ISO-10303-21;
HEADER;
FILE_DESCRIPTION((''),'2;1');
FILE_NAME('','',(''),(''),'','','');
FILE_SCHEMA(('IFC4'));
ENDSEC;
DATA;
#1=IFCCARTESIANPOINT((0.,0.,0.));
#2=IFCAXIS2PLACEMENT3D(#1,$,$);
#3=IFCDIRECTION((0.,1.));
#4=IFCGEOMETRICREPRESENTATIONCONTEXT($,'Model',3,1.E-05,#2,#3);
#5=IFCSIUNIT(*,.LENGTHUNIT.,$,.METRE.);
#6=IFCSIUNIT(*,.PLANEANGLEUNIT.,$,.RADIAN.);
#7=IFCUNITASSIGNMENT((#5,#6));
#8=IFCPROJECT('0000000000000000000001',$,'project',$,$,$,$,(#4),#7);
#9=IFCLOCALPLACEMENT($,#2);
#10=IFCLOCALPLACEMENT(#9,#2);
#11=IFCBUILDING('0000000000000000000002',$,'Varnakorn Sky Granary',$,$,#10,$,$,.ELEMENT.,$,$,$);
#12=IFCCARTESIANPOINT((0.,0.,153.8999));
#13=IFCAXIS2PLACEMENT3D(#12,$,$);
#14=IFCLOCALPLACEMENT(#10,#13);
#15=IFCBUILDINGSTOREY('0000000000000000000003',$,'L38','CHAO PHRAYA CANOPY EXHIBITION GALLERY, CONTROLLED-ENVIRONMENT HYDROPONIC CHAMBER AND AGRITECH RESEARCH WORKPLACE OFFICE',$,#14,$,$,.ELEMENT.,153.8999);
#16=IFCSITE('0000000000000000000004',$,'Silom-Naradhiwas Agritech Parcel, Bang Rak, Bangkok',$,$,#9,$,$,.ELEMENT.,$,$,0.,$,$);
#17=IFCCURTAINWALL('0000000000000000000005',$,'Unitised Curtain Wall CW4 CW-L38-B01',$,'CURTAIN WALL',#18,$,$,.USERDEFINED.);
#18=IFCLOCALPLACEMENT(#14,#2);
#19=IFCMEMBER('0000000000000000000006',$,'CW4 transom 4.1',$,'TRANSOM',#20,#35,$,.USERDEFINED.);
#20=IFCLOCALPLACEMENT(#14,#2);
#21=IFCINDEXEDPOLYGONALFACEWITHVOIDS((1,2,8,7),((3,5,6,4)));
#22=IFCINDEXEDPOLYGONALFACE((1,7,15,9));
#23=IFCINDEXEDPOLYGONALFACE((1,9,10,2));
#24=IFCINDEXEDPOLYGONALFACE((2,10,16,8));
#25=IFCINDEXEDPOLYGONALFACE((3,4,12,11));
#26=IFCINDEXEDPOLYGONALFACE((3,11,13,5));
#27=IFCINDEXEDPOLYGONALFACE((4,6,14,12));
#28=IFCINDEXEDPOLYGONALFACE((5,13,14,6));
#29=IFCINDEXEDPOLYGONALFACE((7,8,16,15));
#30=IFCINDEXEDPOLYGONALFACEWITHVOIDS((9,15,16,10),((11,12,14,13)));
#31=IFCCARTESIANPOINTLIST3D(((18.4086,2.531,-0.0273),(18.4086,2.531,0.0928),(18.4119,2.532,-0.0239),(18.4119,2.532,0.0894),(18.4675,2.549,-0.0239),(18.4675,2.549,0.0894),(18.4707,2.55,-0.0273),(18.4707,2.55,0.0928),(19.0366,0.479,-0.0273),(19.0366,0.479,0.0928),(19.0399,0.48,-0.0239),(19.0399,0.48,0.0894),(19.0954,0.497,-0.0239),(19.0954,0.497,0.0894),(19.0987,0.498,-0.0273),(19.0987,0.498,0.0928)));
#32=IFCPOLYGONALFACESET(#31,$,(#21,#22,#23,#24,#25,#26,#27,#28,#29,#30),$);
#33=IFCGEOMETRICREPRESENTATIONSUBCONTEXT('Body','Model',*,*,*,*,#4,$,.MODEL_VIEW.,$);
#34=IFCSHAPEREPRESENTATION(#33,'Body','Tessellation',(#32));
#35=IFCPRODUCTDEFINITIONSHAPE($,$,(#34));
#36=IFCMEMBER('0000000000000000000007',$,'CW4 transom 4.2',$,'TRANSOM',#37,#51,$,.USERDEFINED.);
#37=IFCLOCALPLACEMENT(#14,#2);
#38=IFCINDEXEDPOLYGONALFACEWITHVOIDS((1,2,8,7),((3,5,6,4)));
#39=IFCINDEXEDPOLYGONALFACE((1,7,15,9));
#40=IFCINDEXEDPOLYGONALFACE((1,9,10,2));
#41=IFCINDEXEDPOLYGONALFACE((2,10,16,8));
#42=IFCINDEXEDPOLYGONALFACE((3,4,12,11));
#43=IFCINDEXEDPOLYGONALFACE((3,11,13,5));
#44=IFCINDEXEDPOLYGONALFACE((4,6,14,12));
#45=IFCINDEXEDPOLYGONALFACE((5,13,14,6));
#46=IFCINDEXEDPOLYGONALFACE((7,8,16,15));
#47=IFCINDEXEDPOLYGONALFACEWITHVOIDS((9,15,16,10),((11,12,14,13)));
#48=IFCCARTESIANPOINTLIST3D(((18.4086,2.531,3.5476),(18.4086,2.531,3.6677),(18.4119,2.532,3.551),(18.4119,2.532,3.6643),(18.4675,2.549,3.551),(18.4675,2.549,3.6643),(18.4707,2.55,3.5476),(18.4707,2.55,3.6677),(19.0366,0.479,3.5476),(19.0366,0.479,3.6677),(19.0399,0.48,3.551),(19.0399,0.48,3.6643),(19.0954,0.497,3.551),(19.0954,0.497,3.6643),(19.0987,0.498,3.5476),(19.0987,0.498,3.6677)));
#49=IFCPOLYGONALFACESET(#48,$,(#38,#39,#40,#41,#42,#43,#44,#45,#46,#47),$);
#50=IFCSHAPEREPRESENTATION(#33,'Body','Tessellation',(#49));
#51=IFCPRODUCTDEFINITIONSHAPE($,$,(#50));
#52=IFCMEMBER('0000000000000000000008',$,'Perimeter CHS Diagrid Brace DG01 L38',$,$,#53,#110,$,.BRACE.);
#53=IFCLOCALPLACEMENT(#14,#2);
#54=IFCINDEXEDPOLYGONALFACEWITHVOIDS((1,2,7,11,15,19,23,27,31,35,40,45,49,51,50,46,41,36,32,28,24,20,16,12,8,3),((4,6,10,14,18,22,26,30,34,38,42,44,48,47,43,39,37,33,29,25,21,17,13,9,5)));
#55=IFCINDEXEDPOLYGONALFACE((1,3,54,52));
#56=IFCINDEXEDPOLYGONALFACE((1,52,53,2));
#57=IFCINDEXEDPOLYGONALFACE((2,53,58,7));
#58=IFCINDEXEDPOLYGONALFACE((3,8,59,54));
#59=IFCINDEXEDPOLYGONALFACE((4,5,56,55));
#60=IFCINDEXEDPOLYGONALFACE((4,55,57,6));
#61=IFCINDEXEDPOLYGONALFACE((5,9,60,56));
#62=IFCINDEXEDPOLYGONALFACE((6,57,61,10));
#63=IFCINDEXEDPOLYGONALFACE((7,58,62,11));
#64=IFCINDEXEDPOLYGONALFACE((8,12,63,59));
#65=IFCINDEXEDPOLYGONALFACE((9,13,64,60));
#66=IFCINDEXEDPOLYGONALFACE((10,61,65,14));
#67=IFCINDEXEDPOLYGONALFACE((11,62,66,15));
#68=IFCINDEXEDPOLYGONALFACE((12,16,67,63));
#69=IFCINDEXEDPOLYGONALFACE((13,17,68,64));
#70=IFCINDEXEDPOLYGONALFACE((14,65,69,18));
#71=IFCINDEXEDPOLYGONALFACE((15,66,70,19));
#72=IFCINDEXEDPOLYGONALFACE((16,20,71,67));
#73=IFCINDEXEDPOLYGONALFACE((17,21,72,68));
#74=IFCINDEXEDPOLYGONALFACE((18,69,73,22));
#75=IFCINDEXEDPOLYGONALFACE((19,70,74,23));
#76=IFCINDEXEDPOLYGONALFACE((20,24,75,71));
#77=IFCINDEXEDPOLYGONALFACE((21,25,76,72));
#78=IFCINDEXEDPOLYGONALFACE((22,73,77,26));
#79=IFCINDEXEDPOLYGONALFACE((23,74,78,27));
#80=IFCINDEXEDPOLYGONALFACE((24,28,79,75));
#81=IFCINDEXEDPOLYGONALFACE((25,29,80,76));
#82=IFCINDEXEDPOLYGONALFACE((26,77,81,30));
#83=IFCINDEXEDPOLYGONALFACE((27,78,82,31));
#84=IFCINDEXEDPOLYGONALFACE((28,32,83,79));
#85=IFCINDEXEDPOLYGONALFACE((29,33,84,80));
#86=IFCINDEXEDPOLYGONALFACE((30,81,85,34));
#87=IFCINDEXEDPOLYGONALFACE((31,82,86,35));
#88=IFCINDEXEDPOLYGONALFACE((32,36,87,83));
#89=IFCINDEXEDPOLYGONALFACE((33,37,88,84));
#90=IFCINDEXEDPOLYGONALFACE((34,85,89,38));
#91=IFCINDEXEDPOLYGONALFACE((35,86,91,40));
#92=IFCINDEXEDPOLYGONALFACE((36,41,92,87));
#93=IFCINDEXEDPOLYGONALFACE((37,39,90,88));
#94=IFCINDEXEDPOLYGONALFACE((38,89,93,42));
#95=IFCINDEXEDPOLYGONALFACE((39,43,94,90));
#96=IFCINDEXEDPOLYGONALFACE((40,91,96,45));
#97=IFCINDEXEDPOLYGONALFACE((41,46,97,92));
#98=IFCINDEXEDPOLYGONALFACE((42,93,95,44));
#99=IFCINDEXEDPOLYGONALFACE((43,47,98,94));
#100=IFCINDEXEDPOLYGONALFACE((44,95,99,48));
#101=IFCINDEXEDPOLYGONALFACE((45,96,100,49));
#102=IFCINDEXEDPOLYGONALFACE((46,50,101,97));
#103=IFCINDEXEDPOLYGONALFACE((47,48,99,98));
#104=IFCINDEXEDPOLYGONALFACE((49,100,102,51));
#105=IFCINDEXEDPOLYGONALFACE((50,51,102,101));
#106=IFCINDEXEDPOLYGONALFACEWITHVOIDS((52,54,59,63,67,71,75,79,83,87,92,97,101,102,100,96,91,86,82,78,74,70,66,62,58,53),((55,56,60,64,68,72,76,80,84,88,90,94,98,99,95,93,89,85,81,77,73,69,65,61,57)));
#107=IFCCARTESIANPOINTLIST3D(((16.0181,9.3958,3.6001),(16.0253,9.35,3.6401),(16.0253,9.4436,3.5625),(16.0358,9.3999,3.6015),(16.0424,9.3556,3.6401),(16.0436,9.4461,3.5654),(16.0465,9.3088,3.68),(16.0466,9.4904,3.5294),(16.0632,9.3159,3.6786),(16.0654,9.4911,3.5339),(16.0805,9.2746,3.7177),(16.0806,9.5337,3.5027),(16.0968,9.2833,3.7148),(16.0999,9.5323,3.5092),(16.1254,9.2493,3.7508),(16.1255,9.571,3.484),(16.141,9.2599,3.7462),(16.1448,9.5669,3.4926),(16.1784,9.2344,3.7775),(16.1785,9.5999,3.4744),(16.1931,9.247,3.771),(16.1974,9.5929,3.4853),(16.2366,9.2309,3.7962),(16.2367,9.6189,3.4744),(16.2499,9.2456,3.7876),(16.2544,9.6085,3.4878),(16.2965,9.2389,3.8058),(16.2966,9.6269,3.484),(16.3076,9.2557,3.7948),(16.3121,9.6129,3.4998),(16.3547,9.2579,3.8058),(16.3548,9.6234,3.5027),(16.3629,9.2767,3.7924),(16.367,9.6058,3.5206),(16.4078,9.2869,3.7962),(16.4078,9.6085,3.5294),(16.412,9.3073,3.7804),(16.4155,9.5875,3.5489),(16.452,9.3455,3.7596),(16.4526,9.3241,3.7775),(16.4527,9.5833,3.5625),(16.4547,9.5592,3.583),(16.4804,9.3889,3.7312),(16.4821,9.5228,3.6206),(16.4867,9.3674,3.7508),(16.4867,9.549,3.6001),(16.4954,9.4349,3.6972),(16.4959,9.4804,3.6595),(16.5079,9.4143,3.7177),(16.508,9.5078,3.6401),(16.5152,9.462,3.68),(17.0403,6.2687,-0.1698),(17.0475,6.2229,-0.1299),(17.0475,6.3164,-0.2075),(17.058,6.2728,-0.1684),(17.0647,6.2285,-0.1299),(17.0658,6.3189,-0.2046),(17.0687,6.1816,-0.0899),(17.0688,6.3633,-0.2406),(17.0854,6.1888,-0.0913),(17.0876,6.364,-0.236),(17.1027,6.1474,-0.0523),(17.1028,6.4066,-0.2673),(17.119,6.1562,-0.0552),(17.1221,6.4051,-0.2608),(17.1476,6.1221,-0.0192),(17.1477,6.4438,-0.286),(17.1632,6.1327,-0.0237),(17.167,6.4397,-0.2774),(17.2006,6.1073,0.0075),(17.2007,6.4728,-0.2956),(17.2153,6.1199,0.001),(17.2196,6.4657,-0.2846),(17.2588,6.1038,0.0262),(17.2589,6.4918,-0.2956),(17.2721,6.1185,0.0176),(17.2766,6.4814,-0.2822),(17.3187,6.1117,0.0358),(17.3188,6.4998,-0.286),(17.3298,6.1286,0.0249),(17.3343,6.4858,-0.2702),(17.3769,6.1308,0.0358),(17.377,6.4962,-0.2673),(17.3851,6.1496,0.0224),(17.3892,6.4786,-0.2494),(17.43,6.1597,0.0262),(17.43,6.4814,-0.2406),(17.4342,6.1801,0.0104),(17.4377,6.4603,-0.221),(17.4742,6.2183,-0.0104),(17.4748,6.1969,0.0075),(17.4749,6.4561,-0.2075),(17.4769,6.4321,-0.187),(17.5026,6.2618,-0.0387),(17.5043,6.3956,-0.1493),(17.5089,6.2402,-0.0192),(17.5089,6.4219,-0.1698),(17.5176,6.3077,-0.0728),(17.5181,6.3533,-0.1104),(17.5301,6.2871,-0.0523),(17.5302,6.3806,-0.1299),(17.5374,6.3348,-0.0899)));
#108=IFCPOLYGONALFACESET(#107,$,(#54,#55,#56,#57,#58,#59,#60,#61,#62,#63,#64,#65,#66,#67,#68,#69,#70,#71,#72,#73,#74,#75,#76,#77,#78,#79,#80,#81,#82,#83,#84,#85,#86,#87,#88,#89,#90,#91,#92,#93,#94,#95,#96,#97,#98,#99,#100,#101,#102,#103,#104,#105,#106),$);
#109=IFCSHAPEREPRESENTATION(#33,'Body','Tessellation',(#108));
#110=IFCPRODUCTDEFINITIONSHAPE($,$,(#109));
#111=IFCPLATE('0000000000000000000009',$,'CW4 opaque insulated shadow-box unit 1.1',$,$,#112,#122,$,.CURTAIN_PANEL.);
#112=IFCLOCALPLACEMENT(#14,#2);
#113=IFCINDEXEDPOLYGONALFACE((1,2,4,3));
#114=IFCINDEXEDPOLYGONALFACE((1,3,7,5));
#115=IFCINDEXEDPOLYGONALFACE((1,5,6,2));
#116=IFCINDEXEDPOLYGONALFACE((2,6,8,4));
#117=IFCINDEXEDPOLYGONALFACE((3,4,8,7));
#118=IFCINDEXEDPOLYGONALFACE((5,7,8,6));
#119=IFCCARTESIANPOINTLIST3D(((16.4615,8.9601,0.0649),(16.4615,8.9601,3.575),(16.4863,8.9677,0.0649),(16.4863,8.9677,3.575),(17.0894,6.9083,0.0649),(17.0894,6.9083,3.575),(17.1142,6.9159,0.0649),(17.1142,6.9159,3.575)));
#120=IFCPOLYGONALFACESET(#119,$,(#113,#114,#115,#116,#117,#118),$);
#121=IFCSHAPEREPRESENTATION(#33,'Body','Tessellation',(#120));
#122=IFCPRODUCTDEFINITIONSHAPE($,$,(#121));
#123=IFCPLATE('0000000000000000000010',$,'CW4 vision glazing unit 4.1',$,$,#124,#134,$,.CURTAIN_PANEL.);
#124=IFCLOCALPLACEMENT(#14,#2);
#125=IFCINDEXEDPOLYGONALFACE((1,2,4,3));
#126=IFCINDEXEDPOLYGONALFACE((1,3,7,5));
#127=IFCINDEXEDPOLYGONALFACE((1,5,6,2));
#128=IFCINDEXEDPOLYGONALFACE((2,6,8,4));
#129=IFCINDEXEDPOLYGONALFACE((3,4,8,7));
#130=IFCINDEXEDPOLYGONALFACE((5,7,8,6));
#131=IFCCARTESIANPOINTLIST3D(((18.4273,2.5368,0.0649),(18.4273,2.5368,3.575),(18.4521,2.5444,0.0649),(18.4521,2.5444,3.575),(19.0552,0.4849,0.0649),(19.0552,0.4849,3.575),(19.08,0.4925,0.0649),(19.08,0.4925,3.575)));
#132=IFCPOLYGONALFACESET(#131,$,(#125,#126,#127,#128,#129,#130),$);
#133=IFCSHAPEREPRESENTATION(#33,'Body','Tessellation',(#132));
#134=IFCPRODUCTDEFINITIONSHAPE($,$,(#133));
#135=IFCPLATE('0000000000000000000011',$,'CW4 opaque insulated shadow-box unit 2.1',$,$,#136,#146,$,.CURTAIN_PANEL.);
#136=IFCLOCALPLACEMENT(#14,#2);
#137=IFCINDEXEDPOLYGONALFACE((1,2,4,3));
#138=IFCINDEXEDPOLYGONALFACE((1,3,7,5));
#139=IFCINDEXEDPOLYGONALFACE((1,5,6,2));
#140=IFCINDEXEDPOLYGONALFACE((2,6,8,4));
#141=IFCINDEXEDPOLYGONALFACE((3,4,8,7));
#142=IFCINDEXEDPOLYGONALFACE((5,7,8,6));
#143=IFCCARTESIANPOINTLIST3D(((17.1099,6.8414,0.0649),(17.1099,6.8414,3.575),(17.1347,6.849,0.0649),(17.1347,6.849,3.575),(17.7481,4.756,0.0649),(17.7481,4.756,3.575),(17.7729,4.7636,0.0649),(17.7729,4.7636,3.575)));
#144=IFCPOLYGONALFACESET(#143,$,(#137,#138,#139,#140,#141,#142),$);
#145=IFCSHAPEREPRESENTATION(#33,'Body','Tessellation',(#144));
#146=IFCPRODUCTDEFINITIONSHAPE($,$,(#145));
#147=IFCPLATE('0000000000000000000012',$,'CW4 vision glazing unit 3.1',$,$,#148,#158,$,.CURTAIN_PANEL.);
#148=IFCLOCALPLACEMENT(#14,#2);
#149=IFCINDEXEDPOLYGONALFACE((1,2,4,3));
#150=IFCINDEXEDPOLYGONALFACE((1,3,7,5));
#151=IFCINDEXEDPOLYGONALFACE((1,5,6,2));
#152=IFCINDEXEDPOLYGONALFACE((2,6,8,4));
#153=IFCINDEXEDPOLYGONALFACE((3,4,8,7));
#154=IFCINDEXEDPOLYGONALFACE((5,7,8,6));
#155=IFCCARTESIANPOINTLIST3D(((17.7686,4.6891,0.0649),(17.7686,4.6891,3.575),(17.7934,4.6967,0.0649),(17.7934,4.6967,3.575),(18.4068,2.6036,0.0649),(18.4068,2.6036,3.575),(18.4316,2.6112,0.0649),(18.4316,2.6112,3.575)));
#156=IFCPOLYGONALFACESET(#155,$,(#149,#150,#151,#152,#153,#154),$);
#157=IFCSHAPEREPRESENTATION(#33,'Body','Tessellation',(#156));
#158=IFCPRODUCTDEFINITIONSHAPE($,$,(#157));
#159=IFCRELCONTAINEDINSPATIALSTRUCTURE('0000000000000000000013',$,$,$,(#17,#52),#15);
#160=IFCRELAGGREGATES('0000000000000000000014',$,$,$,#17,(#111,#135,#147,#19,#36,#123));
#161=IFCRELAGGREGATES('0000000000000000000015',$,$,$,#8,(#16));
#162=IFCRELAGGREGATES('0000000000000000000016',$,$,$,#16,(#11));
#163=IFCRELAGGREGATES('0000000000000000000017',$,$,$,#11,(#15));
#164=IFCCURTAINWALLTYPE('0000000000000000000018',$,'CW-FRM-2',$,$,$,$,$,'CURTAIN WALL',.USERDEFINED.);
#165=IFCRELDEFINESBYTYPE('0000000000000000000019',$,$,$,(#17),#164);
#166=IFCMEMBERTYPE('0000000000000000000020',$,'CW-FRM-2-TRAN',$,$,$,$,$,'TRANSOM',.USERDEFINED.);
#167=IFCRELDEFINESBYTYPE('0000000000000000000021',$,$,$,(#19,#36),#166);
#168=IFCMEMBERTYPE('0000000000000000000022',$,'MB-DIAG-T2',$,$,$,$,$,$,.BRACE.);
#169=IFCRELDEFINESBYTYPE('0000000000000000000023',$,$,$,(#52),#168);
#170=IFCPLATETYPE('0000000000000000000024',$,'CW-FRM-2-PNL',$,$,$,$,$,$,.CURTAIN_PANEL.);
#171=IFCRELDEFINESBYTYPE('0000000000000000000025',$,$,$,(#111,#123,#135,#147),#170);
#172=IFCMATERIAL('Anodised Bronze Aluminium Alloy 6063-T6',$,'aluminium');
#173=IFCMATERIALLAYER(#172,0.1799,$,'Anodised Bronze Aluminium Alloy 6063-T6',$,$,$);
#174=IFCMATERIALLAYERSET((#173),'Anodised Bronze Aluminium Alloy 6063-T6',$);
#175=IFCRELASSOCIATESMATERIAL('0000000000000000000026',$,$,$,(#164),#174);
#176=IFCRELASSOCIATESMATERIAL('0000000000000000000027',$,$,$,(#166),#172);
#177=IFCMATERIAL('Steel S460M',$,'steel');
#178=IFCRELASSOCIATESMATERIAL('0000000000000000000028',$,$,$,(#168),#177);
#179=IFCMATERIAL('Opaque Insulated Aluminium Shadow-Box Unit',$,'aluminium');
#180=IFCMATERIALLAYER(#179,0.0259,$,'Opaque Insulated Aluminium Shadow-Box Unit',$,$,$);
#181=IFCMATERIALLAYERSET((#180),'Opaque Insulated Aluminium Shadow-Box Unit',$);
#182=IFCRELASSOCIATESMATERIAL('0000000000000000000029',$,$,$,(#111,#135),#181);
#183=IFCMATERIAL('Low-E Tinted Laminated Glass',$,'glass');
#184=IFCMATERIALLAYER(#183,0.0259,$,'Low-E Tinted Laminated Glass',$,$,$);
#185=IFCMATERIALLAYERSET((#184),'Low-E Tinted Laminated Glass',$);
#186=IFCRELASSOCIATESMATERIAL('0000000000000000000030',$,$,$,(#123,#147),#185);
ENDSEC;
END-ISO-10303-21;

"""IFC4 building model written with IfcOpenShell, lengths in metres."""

from ifc_helpers import new_model, si_unit, direction, frame, origin, origin_2d, place, context, subcontext, project, spatial, rectangle, hollow_rectangle, hollow_circle, extrude, source, transform, mapped, material, layer, layer_set, material_profile, profile_set, type_object, type_shapes, element, aggregate, save


model = new_model("IFC4")

# Units and contexts
model_context = context("Model", 3, precision=1e-05, world=origin(), true_north=direction((0.0, 1.0)))
body_context = subcontext(model_context, "Body", "Model", "MODEL_VIEW")
ifc_project = project(units=[si_unit("LENGTHUNIT", "METRE"), si_unit("PLANEANGLEUNIT", "RADIAN")], contexts=[model_context])

# Site, building, storey
site_placement = place(None, origin())
site = spatial("IfcSite", under=ifc_project, at=site_placement, Name="Silom-Naradhiwas Agritech Parcel, Bang Rak, Bangkok", CompositionType="ELEMENT", RefElevation=0.0)
building_placement = place(site_placement, origin())
building = spatial("IfcBuilding", under=site, at=building_placement, Name="Varnakorn Sky Granary", CompositionType="ELEMENT")
storey_placement = place(building_placement, frame((0.0, 0.0, 153.8999)))
storey = spatial("IfcBuildingStorey", under=building, at=storey_placement, Name="L38", Description="CHAO PHRAYA CANOPY EXHIBITION GALLERY, CONTROLLED-ENVIRONMENT HYDROPONIC CHAMBER AND AGRITECH RESEARCH WORKPLACE OFFICE", CompositionType="ELEMENT", Elevation=153.8999)

# Curtain wall, members
ifc_material_1 = material(Name="Anodised Bronze Aluminium Alloy 6063-T6", Category="aluminium")
ifc_layer_1 = layer(ifc_material_1, 0.1799, Name="Anodised Bronze Aluminium Alloy 6063-T6")
ifc_layer_set_1 = layer_set([ifc_layer_1], Name="Anodised Bronze Aluminium Alloy 6063-T6")
curtain_wall_type = type_object("IfcCurtainWallType", Name="CW-FRM-2", ElementType="CURTAIN WALL", PredefinedType="USERDEFINED", material=ifc_layer_set_1)
curtain_wall_placement = place(storey_placement, origin())
curtain_wall = element("IfcCurtainWall", 1, at=curtain_wall_placement, inside=storey, type_object=curtain_wall_type, Name="Unitised Curtain Wall CW4 CW-L38-B01", ObjectType="CURTAIN WALL", PredefinedType="USERDEFINED")
ifc_material_profile_1 = material_profile(ifc_material_1, hollow_rectangle(XDim=0.0649, YDim=0.1201, WallThickness=0.0034, at=origin_2d()), Name="ALU TRAN 65x120")
ifc_profile_set_1 = profile_set([ifc_material_profile_1], Name="Anodised Bronze Aluminium Alloy 6063-T6")
member_type_1 = type_object("IfcMemberType", Name="CW-FRM-2-TRAN", ElementType="TRANSOM", PredefinedType="USERDEFINED", material=ifc_profile_set_1)
member_1_placement = place(storey_placement, frame((18.4397, 2.5405, 0.0327), z_axis=(0.292614, -0.95623, 0.0), x_axis=(0.95623, 0.292614, 0.0)))
member_1 = element("IfcMember", 2, at=member_1_placement, type_object=member_type_1, Name="CW4 transom 4.1", ObjectType="TRANSOM", PredefinedType="USERDEFINED", context=body_context, shape_type="SweptSolid", body=[
    extrude(hollow_rectangle(XDim=0.0649, YDim=0.1201, WallThickness=0.0034, at=origin_2d()), origin(), (0.0, 0.0, 1.0), 2.146),
])
member_2_placement = place(storey_placement, frame((18.4397, 2.5405, 3.6077), z_axis=(0.292614, -0.95623, 0.0), x_axis=(0.95623, 0.292614, 0.0)))
member_2 = element("IfcMember", 3, at=member_2_placement, type_object=member_type_1, Name="CW4 transom 4.2", ObjectType="TRANSOM", PredefinedType="USERDEFINED", context=body_context, shape_type="SweptSolid", body=[
    extrude(hollow_rectangle(XDim=0.0649, YDim=0.1201, WallThickness=0.0034, at=origin_2d()), origin(), (0.0, 0.0, 1.0), 2.146),
])

# Member
ifc_material_2 = material(Name="Steel S460M", Category="steel")
ifc_material_profile_2 = material_profile(ifc_material_2, hollow_circle(Radius=0.2539, WallThickness=0.0181, at=origin_2d()), Name="CHS 508x18")
ifc_profile_set_2 = profile_set([ifc_material_profile_2], Name="Steel S460M")
member_type_2 = type_object("IfcMemberType", Name="MB-DIAG-T2", PredefinedType="BRACE", material=ifc_profile_set_2)
member_3_placement = place(storey_placement, frame((17.2888, 6.3018, -0.1299), z_axis=(-0.204291, 0.624973, 0.753441), x_axis=(-0.950508, -0.310701, 0.0)))
element("IfcMember", 4, at=member_3_placement, inside=storey, type_object=member_type_2, Name="Perimeter CHS Diagrid Brace DG01 L38", PredefinedType="BRACE", context=body_context, shape_type="SweptSolid", body=[
    extrude(hollow_circle(Radius=0.2539, WallThickness=0.0181, at=origin_2d()), origin(), (0.0, 0.0, 1.0), 5.0037),
])

# Plates
ifc_material_3 = material(Name="Opaque Insulated Aluminium Shadow-Box Unit", Category="aluminium")
ifc_layer_2 = layer(ifc_material_3, 0.0259, Name="Opaque Insulated Aluminium Shadow-Box Unit")
ifc_layer_set_2 = layer_set([ifc_layer_2], Name="Opaque Insulated Aluminium Shadow-Box Unit")
plate_type = type_object("IfcPlateType", Name="CW-FRM-2-PNL", PredefinedType="CURTAIN_PANEL")
shared_shape_1 = source(origin(), body_context, "Body", "SweptSolid", [
    extrude(rectangle(XDim=2.1458, YDim=0.0259, at=origin_2d()), origin(), (0.0, 0.0, 1.0), 3.51),
])
plate_1_placement = place(storey_placement, frame((16.7878, 7.938, 0.0649), z_axis=(0.0, 0.0, 1.0), x_axis=(0.292619, -0.956229, 0.0)))
plate_1 = element("IfcPlate", 5, at=plate_1_placement, type_object=plate_type, material=ifc_layer_set_2, Name="CW4 opaque insulated shadow-box unit 1.1", PredefinedType="CURTAIN_PANEL", context=body_context, shape_type="MappedRepresentation", body=[
    mapped(shared_shape_1, transform((0.0, 0.0, 0.0), x_axis=(1.0, 0.0, 0.0), y_axis=(0.0, 1.0, 0.0), z_axis=(0.0, 0.0, 1.0), scale=1.0)),
])
ifc_material_4 = material(Name="Low-E Tinted Laminated Glass", Category="glass")
ifc_layer_3 = layer(ifc_material_4, 0.0259, Name="Low-E Tinted Laminated Glass")
ifc_layer_set_3 = layer_set([ifc_layer_3], Name="Low-E Tinted Laminated Glass")
plate_2_placement = place(storey_placement, frame((18.7537, 1.5146, 0.0649), z_axis=(0.0, 0.0, 1.0), x_axis=(0.292619, -0.956229, 0.0)))
plate_2 = element("IfcPlate", 6, at=plate_2_placement, type_object=plate_type, material=ifc_layer_set_3, Name="CW4 vision glazing unit 4.1", PredefinedType="CURTAIN_PANEL", context=body_context, shape_type="MappedRepresentation", body=[
    mapped(shared_shape_1, transform((0.0, 0.0, 0.0), x_axis=(1.0, 0.0, 0.0), y_axis=(0.0, 1.0, 0.0), z_axis=(0.0, 0.0, 1.0), scale=1.0)),
])
shared_shape_2 = source(origin(), body_context, "Body", "SweptSolid", [
    extrude(rectangle(XDim=2.1809, YDim=0.0259, at=origin_2d()), origin(), (0.0, 0.0, 1.0), 3.51),
])
type_shapes(plate_type, [shared_shape_1, shared_shape_2])
plate_3_placement = place(storey_placement, frame((17.4414, 5.8025, 0.0649), z_axis=(0.0, 0.0, 1.0), x_axis=(0.292619, -0.956229, 0.0)))
plate_3 = element("IfcPlate", 7, at=plate_3_placement, type_object=plate_type, material=ifc_layer_set_2, Name="CW4 opaque insulated shadow-box unit 2.1", PredefinedType="CURTAIN_PANEL", context=body_context, shape_type="MappedRepresentation", body=[
    mapped(shared_shape_2, transform((0.0, 0.0, 0.0), x_axis=(1.0, 0.0, 0.0), y_axis=(0.0, 1.0, 0.0), z_axis=(0.0, 0.0, 1.0), scale=1.0)),
])
plate_4_placement = place(storey_placement, frame((18.1001, 3.6501, 0.0649), z_axis=(0.0, 0.0, 1.0), x_axis=(0.292619, -0.956229, 0.0)))
plate_4 = element("IfcPlate", 8, at=plate_4_placement, type_object=plate_type, material=ifc_layer_set_3, Name="CW4 vision glazing unit 3.1", PredefinedType="CURTAIN_PANEL", context=body_context, shape_type="MappedRepresentation", body=[
    mapped(shared_shape_2, transform((0.0, 0.0, 0.0), x_axis=(1.0, 0.0, 0.0), y_axis=(0.0, 1.0, 0.0), z_axis=(0.0, 0.0, 1.0), scale=1.0)),
])
aggregate(curtain_wall, [plate_1, plate_3, plate_4, member_1, member_2, plate_2])

save(model, "model.ifc")
